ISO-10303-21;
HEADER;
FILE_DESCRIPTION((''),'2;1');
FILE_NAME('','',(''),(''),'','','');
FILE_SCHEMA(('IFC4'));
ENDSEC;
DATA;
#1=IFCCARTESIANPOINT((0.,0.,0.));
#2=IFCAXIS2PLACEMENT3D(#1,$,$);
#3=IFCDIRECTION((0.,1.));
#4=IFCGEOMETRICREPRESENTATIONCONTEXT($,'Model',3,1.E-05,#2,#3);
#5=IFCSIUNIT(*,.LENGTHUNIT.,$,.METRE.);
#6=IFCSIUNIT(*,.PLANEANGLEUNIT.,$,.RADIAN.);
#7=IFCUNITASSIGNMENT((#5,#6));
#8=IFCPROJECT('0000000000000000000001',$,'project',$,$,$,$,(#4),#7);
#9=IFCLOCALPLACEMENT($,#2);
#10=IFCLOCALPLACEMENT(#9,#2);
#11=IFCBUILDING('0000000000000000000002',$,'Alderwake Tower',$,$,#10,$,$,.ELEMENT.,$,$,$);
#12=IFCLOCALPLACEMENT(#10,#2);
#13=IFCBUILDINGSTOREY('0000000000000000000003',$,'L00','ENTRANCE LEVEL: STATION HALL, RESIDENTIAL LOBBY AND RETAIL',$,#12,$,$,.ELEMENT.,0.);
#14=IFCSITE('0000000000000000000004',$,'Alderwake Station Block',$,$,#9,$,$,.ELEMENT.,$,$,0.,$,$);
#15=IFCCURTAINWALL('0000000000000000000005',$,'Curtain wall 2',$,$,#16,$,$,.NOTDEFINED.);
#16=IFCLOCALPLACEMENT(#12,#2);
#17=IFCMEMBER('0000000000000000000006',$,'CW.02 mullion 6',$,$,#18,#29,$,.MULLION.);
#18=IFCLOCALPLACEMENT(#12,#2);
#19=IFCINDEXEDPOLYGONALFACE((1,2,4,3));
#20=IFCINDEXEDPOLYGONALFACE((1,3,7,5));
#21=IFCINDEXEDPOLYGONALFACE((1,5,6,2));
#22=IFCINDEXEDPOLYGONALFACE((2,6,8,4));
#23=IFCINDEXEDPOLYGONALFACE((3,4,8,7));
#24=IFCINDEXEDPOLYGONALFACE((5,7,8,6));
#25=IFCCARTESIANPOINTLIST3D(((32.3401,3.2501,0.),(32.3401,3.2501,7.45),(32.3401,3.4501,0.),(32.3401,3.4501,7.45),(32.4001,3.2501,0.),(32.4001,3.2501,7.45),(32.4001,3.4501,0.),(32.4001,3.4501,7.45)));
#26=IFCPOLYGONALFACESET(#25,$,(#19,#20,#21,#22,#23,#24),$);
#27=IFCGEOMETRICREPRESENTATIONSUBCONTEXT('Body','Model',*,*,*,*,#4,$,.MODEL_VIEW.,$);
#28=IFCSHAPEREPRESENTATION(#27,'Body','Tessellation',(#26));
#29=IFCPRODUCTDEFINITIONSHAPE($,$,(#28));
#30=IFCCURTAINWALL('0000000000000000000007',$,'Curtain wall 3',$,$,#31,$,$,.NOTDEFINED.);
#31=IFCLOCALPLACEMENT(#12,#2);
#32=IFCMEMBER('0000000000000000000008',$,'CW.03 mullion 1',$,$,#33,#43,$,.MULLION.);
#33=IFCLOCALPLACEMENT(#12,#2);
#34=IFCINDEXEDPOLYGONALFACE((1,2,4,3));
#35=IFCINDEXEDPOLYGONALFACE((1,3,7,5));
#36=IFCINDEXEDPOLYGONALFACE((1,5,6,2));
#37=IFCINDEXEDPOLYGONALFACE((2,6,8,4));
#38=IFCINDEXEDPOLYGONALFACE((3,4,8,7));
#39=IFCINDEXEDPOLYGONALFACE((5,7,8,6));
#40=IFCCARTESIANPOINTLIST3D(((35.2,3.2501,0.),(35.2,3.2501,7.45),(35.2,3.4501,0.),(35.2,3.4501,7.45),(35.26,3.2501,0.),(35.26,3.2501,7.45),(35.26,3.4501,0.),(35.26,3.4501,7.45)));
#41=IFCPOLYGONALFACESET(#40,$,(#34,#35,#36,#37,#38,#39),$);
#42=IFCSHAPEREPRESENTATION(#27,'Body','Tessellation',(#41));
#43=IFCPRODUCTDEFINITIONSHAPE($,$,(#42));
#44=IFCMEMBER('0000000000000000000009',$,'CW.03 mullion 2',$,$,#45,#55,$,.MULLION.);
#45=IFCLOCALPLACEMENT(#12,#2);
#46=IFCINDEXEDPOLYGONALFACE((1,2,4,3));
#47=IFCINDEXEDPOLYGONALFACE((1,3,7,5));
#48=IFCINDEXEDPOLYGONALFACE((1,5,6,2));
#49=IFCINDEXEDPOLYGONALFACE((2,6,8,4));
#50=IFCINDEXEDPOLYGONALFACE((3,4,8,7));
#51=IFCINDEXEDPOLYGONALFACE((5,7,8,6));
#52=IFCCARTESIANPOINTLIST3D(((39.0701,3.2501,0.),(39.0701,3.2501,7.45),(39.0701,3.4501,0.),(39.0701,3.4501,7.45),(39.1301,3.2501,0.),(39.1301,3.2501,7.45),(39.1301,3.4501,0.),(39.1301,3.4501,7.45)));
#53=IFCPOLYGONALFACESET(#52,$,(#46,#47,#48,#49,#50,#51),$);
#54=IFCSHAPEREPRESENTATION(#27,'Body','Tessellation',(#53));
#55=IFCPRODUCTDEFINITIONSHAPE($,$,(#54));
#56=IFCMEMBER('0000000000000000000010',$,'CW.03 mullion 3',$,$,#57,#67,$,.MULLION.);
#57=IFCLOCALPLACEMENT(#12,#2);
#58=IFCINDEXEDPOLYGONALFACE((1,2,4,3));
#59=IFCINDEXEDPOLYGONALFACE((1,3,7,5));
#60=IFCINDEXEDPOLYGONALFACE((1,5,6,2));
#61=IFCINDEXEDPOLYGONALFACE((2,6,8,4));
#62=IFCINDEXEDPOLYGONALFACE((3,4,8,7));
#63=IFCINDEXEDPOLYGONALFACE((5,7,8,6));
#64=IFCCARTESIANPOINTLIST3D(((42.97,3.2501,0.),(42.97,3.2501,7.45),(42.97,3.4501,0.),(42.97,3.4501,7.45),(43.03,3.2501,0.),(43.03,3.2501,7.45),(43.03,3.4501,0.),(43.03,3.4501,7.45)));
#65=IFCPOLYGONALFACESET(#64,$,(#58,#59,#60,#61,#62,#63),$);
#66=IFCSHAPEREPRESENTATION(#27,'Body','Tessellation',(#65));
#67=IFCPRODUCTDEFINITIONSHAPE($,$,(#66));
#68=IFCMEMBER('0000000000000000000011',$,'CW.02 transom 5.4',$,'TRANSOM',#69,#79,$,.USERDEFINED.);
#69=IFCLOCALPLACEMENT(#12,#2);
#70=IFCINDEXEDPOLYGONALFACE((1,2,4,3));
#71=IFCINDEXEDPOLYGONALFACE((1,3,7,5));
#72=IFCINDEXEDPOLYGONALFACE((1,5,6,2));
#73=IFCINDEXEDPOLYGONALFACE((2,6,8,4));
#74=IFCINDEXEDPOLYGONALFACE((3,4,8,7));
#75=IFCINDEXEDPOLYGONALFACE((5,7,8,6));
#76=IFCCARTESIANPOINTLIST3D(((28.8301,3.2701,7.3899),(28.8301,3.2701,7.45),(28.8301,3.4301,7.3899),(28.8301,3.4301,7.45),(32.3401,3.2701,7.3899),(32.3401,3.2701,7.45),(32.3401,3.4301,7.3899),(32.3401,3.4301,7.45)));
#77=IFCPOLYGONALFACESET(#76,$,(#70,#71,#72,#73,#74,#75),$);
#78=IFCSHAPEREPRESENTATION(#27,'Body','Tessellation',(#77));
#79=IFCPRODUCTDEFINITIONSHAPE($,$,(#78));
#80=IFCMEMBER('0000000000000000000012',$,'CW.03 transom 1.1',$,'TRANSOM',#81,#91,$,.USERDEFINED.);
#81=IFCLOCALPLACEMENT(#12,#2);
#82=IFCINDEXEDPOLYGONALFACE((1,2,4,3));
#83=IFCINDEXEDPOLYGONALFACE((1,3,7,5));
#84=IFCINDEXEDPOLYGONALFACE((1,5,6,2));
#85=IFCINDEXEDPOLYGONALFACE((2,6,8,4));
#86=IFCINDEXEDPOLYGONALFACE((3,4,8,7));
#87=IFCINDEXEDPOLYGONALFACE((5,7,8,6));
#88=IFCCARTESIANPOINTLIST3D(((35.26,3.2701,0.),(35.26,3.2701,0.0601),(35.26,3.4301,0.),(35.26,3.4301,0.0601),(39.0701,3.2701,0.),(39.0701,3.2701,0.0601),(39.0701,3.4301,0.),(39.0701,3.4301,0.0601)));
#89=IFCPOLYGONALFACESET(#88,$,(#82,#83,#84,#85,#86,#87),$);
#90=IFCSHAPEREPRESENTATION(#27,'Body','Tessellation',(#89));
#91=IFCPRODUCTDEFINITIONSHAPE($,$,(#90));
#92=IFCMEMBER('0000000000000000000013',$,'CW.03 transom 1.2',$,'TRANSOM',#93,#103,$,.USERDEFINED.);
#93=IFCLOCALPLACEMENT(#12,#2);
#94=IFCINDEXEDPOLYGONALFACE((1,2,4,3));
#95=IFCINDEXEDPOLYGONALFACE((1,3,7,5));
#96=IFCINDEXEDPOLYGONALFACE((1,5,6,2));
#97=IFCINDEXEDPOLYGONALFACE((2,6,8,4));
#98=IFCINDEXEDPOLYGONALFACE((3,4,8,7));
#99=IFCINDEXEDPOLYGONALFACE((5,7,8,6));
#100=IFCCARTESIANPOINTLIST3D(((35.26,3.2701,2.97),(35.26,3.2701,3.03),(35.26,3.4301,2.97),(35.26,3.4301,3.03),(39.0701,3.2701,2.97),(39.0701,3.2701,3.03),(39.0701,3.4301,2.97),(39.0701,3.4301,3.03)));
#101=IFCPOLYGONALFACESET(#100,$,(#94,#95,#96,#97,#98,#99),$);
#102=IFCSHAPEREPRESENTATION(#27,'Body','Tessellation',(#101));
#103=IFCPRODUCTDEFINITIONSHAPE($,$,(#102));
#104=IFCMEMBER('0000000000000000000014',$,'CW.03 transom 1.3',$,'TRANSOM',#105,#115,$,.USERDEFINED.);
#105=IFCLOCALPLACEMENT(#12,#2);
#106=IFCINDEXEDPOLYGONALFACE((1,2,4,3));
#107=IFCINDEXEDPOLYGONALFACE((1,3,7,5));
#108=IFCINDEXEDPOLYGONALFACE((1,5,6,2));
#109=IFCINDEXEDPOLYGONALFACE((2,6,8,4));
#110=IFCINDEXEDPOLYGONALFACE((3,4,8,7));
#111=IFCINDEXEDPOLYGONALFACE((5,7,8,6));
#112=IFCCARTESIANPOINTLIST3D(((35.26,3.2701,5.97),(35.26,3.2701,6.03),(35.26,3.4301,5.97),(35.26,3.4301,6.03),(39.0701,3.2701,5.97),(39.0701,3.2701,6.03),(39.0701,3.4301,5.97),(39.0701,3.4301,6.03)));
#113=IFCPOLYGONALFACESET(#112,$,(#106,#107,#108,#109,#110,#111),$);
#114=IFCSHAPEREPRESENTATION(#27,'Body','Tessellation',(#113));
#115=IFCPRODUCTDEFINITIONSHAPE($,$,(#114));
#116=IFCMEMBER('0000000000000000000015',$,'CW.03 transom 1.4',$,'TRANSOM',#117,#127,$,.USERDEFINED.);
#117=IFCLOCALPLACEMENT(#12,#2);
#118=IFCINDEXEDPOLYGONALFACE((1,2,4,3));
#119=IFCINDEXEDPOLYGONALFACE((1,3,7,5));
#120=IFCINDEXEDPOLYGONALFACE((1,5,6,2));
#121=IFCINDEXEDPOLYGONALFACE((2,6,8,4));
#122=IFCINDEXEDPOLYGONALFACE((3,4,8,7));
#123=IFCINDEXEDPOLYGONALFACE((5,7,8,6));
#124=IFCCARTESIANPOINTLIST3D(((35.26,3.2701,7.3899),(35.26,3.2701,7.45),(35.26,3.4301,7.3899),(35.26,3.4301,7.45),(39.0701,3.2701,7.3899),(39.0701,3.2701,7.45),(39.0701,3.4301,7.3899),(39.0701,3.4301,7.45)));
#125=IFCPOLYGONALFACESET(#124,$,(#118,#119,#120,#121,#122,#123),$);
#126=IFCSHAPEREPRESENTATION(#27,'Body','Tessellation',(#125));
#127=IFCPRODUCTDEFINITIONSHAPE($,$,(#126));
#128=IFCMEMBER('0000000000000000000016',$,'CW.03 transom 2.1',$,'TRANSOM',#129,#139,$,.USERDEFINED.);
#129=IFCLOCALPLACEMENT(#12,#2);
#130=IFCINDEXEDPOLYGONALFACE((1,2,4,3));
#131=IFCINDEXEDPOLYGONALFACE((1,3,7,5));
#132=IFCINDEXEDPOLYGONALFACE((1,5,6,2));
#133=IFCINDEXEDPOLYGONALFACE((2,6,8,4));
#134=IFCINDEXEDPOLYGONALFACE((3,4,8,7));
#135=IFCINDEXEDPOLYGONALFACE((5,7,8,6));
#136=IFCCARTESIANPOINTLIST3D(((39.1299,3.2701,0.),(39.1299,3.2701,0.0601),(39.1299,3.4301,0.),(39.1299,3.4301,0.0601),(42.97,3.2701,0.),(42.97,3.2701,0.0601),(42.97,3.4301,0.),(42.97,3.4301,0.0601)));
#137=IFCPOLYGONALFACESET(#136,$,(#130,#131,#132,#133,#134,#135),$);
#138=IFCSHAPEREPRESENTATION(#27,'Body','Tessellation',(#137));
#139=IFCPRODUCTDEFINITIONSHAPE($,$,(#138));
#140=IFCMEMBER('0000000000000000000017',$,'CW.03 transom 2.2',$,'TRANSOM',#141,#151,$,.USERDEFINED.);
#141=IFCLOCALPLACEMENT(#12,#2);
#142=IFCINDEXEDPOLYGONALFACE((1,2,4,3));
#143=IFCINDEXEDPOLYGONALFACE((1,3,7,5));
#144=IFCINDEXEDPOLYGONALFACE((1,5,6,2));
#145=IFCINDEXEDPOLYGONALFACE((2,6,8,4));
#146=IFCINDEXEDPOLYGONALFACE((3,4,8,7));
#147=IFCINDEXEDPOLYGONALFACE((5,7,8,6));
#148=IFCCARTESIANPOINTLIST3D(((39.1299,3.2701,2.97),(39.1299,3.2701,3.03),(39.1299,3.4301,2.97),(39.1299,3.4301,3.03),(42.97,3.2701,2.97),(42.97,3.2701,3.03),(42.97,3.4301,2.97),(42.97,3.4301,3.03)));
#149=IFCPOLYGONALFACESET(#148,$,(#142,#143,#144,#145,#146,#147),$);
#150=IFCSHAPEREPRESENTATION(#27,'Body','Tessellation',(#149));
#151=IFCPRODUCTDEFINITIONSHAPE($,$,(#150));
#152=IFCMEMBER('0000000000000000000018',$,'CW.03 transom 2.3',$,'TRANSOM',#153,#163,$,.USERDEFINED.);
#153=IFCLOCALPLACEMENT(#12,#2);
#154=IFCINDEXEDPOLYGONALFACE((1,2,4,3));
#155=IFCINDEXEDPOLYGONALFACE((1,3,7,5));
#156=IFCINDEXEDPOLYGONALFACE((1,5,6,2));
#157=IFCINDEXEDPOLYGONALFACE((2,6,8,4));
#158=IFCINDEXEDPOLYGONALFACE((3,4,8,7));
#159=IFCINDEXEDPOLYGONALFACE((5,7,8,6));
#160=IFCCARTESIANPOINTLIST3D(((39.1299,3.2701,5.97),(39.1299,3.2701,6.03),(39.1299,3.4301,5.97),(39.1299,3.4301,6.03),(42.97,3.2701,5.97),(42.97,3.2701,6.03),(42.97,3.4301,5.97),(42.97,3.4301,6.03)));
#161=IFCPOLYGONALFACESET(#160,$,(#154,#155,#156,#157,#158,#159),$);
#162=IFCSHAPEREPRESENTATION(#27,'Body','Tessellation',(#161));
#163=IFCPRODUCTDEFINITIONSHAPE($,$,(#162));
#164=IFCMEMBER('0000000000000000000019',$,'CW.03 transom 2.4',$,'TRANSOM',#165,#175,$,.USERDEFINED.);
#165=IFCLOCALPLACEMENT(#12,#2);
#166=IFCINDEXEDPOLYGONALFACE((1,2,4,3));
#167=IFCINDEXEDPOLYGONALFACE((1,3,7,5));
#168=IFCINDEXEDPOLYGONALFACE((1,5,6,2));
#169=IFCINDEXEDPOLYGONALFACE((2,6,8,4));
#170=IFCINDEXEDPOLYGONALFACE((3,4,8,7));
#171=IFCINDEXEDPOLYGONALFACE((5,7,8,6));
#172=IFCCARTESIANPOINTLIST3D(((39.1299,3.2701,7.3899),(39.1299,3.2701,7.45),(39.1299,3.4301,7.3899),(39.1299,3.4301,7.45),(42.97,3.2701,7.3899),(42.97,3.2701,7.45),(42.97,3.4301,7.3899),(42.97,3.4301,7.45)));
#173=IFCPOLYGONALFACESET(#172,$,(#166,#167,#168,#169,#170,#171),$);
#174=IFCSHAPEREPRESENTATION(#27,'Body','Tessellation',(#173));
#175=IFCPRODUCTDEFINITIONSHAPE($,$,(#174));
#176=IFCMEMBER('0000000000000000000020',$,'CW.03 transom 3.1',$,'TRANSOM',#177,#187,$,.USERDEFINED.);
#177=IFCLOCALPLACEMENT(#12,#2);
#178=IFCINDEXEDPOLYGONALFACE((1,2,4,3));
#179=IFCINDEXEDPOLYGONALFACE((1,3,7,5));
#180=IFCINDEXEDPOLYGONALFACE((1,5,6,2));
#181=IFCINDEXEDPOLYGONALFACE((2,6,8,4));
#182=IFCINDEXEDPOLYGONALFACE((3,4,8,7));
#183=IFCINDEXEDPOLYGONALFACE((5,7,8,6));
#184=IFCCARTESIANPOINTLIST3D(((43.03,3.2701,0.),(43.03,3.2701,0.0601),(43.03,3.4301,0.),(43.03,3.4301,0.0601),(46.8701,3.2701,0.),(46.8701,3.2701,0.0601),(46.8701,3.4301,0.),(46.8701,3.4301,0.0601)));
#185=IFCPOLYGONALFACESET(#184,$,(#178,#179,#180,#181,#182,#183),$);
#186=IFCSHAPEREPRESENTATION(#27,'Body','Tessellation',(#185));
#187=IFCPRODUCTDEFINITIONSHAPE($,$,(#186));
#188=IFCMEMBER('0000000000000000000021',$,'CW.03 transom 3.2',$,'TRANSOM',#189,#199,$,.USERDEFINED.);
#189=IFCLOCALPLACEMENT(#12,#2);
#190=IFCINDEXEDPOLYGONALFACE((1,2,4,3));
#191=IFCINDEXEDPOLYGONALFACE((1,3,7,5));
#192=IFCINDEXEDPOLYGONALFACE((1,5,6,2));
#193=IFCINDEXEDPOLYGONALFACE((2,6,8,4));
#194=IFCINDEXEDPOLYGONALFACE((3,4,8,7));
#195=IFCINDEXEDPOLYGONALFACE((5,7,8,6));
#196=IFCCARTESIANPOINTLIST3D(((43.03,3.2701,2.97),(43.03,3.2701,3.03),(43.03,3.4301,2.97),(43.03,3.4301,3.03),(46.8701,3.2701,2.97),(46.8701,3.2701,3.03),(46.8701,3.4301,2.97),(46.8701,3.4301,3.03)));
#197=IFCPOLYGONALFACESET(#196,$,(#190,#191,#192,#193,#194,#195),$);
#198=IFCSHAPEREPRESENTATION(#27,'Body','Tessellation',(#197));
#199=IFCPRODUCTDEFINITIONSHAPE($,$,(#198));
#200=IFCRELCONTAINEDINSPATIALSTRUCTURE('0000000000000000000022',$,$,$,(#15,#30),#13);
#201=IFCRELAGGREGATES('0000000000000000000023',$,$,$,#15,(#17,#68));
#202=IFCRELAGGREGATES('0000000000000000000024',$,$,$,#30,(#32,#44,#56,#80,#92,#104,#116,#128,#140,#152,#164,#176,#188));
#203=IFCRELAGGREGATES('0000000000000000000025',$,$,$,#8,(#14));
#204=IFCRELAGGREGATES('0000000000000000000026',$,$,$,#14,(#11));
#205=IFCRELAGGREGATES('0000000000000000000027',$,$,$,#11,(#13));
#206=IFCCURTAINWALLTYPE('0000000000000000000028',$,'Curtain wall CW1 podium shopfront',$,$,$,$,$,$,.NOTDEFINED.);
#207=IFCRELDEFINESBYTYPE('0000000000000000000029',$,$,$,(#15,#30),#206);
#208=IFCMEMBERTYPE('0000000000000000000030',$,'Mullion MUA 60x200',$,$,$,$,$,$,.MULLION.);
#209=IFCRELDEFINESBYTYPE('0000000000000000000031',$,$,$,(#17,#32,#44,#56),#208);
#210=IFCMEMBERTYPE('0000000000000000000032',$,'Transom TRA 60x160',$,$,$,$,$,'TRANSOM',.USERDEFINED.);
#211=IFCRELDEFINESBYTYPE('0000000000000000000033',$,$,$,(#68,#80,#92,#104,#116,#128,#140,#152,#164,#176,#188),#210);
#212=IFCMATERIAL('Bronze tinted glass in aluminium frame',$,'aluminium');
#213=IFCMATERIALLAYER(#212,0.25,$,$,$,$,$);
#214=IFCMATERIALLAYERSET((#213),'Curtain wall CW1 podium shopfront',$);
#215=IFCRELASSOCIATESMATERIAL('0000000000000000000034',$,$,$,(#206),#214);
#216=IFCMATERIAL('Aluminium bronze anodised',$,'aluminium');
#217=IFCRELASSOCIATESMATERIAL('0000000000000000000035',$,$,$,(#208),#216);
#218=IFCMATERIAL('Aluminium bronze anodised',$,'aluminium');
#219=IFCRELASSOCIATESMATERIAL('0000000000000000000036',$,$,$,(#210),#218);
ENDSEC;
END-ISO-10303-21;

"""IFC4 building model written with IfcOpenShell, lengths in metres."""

from ifc_helpers import new_model, si_unit, direction, frame, origin, origin_2d, place, context, subcontext, project, spatial, rectangle, extrude, material, layer, layer_set, material_profile, profile_set, type_object, element, aggregate, save


model = new_model("IFC4")

# Units and contexts
model_context = context("Model", 3, precision=1e-05, world=origin(), true_north=direction((0.0, 1.0)))
body_context = subcontext(model_context, "Body", "Model", "MODEL_VIEW")
ifc_project = project(units=[si_unit("LENGTHUNIT", "METRE"), si_unit("PLANEANGLEUNIT", "RADIAN")], contexts=[model_context])

# Site, building, storey
site_placement = place(None, origin())
site = spatial("IfcSite", under=ifc_project, at=site_placement, Name="Alderwake Station Block", CompositionType="ELEMENT", RefElevation=0.0)
building_placement = place(site_placement, origin())
building = spatial("IfcBuilding", under=site, at=building_placement, Name="Alderwake Tower", CompositionType="ELEMENT")
storey_placement = place(building_placement, origin())
storey = spatial("IfcBuildingStorey", under=building, at=storey_placement, Name="L00", Description="ENTRANCE LEVEL: STATION HALL, RESIDENTIAL LOBBY AND RETAIL", CompositionType="ELEMENT", Elevation=0.0)

# Curtain wall, member
ifc_material_1 = material(Name="Bronze tinted glass in aluminium frame", Category="aluminium")
ifc_layer_1 = layer(ifc_material_1, 0.25)
ifc_layer_set_1 = layer_set([ifc_layer_1], Name="Curtain wall CW1 podium shopfront")
curtain_wall_type = type_object("IfcCurtainWallType", Name="Curtain wall CW1 podium shopfront", PredefinedType="NOTDEFINED", material=ifc_layer_set_1)
curtain_wall_1_placement = place(storey_placement, origin())
curtain_wall_1 = element("IfcCurtainWall", 1, at=curtain_wall_1_placement, inside=storey, type_object=curtain_wall_type, Name="Curtain wall 2", PredefinedType="NOTDEFINED")
ifc_material_2 = material(Name="Aluminium bronze anodised", Category="aluminium")
ifc_material_profile_1 = material_profile(ifc_material_2, rectangle(XDim=0.2, YDim=0.0601, at=origin_2d()), Name="Mullion MUA 60x200")
ifc_profile_set_1 = profile_set([ifc_material_profile_1], Name="Aluminium bronze anodised")
member_type_1 = type_object("IfcMemberType", Name="Mullion MUA 60x200", PredefinedType="MULLION", material=ifc_profile_set_1)
member_1_placement = place(storey_placement, frame((32.3701, 3.3501, 0.0), z_axis=(0.0, 0.0, 1.0), x_axis=(0.0, 1.0, 0.0)))
member_1 = element("IfcMember", 2, at=member_1_placement, type_object=member_type_1, Name="CW.02 mullion 6", PredefinedType="MULLION", context=body_context, shape_type="SweptSolid", body=[
    extrude(rectangle(XDim=0.2, YDim=0.0601, at=origin_2d()), origin(), (0.0, 0.0, 1.0), 7.45),
])

# Curtain wall, members
curtain_wall_2_placement = place(storey_placement, origin())
curtain_wall_2 = element("IfcCurtainWall", 3, at=curtain_wall_2_placement, inside=storey, type_object=curtain_wall_type, Name="Curtain wall 3", PredefinedType="NOTDEFINED")
member_2_placement = place(storey_placement, frame((35.23, 3.3501, 0.0), z_axis=(0.0, 0.0, 1.0), x_axis=(0.0, 1.0, 0.0)))
member_2 = element("IfcMember", 4, at=member_2_placement, type_object=member_type_1, Name="CW.03 mullion 1", PredefinedType="MULLION", context=body_context, shape_type="SweptSolid", body=[
    extrude(rectangle(XDim=0.2, YDim=0.0601, at=origin_2d()), origin(), (0.0, 0.0, 1.0), 7.45),
])
member_3_placement = place(storey_placement, frame((39.1001, 3.3501, 0.0), z_axis=(0.0, 0.0, 1.0), x_axis=(0.0, 1.0, 0.0)))
member_3 = element("IfcMember", 5, at=member_3_placement, type_object=member_type_1, Name="CW.03 mullion 2", PredefinedType="MULLION", context=body_context, shape_type="SweptSolid", body=[
    extrude(rectangle(XDim=0.2, YDim=0.0601, at=origin_2d()), origin(), (0.0, 0.0, 1.0), 7.45),
])
member_4_placement = place(storey_placement, frame((43.0, 3.3501, 0.0), z_axis=(0.0, 0.0, 1.0), x_axis=(0.0, 1.0, 0.0)))
member_4 = element("IfcMember", 6, at=member_4_placement, type_object=member_type_1, Name="CW.03 mullion 3", PredefinedType="MULLION", context=body_context, shape_type="SweptSolid", body=[
    extrude(rectangle(XDim=0.2, YDim=0.0601, at=origin_2d()), origin(), (0.0, 0.0, 1.0), 7.45),
])

# Members
ifc_material_3 = material(Name="Aluminium bronze anodised", Category="aluminium")
ifc_material_profile_2 = material_profile(ifc_material_3, rectangle(XDim=0.1599, YDim=0.0601, at=origin_2d()), Name="Transom TRA 60x160")
ifc_profile_set_2 = profile_set([ifc_material_profile_2], Name="Aluminium bronze anodised")
member_type_2 = type_object("IfcMemberType", Name="Transom TRA 60x160", ElementType="TRANSOM", PredefinedType="USERDEFINED", material=ifc_profile_set_2)
member_5_placement = place(storey_placement, frame((28.8301, 3.3501, 7.4199), z_axis=(1.0, 0.0, 0.0), x_axis=(0.0, 1.0, 0.0)))
member_5 = element("IfcMember", 7, at=member_5_placement, type_object=member_type_2, Name="CW.02 transom 5.4", ObjectType="TRANSOM", PredefinedType="USERDEFINED", context=body_context, shape_type="SweptSolid", body=[
    extrude(rectangle(XDim=0.1599, YDim=0.0601, at=origin_2d()), origin(), (0.0, 0.0, 1.0), 3.51),
])
member_6_placement = place(storey_placement, frame((35.26, 3.3501, 0.03), z_axis=(1.0, 0.0, 0.0), x_axis=(0.0, 1.0, 0.0)))
member_6 = element("IfcMember", 8, at=member_6_placement, type_object=member_type_2, Name="CW.03 transom 1.1", ObjectType="TRANSOM", PredefinedType="USERDEFINED", context=body_context, shape_type="SweptSolid", body=[
    extrude(rectangle(XDim=0.1599, YDim=0.0601, at=origin_2d()), origin(), (0.0, 0.0, 1.0), 3.8101),
])
member_7_placement = place(storey_placement, frame((35.26, 3.3501, 3.0), z_axis=(1.0, 0.0, 0.0), x_axis=(0.0, 1.0, 0.0)))
member_7 = element("IfcMember", 9, at=member_7_placement, type_object=member_type_2, Name="CW.03 transom 1.2", ObjectType="TRANSOM", PredefinedType="USERDEFINED", context=body_context, shape_type="SweptSolid", body=[
    extrude(rectangle(XDim=0.1599, YDim=0.0601, at=origin_2d()), origin(), (0.0, 0.0, 1.0), 3.8101),
])
member_8_placement = place(storey_placement, frame((35.26, 3.3501, 6.0), z_axis=(1.0, 0.0, 0.0), x_axis=(0.0, 1.0, 0.0)))
member_8 = element("IfcMember", 10, at=member_8_placement, type_object=member_type_2, Name="CW.03 transom 1.3", ObjectType="TRANSOM", PredefinedType="USERDEFINED", context=body_context, shape_type="SweptSolid", body=[
    extrude(rectangle(XDim=0.1599, YDim=0.0601, at=origin_2d()), origin(), (0.0, 0.0, 1.0), 3.8101),
])
member_9_placement = place(storey_placement, frame((35.26, 3.3501, 7.4199), z_axis=(1.0, 0.0, 0.0), x_axis=(0.0, 1.0, 0.0)))
member_9 = element("IfcMember", 11, at=member_9_placement, type_object=member_type_2, Name="CW.03 transom 1.4", ObjectType="TRANSOM", PredefinedType="USERDEFINED", context=body_context, shape_type="SweptSolid", body=[
    extrude(rectangle(XDim=0.1599, YDim=0.0601, at=origin_2d()), origin(), (0.0, 0.0, 1.0), 3.8101),
])
member_10_placement = place(storey_placement, frame((39.1299, 3.3501, 0.03), z_axis=(1.0, 0.0, 0.0), x_axis=(0.0, 1.0, 0.0)))
member_10 = element("IfcMember", 12, at=member_10_placement, type_object=member_type_2, Name="CW.03 transom 2.1", ObjectType="TRANSOM", PredefinedType="USERDEFINED", context=body_context, shape_type="SweptSolid", body=[
    extrude(rectangle(XDim=0.1599, YDim=0.0601, at=origin_2d()), origin(), (0.0, 0.0, 1.0), 3.8401),
])
member_11_placement = place(storey_placement, frame((39.1299, 3.3501, 3.0), z_axis=(1.0, 0.0, 0.0), x_axis=(0.0, 1.0, 0.0)))
member_11 = element("IfcMember", 13, at=member_11_placement, type_object=member_type_2, Name="CW.03 transom 2.2", ObjectType="TRANSOM", PredefinedType="USERDEFINED", context=body_context, shape_type="SweptSolid", body=[
    extrude(rectangle(XDim=0.1599, YDim=0.0601, at=origin_2d()), origin(), (0.0, 0.0, 1.0), 3.8401),
])
member_12_placement = place(storey_placement, frame((39.1299, 3.3501, 6.0), z_axis=(1.0, 0.0, 0.0), x_axis=(0.0, 1.0, 0.0)))
member_12 = element("IfcMember", 14, at=member_12_placement, type_object=member_type_2, Name="CW.03 transom 2.3", ObjectType="TRANSOM", PredefinedType="USERDEFINED", context=body_context, shape_type="SweptSolid", body=[
    extrude(rectangle(XDim=0.1599, YDim=0.0601, at=origin_2d()), origin(), (0.0, 0.0, 1.0), 3.8401),
])
member_13_placement = place(storey_placement, frame((39.1299, 3.3501, 7.4199), z_axis=(1.0, 0.0, 0.0), x_axis=(0.0, 1.0, 0.0)))
member_13 = element("IfcMember", 15, at=member_13_placement, type_object=member_type_2, Name="CW.03 transom 2.4", ObjectType="TRANSOM", PredefinedType="USERDEFINED", context=body_context, shape_type="SweptSolid", body=[
    extrude(rectangle(XDim=0.1599, YDim=0.0601, at=origin_2d()), origin(), (0.0, 0.0, 1.0), 3.8401),
])
member_14_placement = place(storey_placement, frame((43.03, 3.3501, 0.03), z_axis=(1.0, 0.0, 0.0), x_axis=(0.0, 1.0, 0.0)))
member_14 = element("IfcMember", 16, at=member_14_placement, type_object=member_type_2, Name="CW.03 transom 3.1", ObjectType="TRANSOM", PredefinedType="USERDEFINED", context=body_context, shape_type="SweptSolid", body=[
    extrude(rectangle(XDim=0.1599, YDim=0.0601, at=origin_2d()), origin(), (0.0, 0.0, 1.0), 3.8401),
])
member_15_placement = place(storey_placement, frame((43.03, 3.3501, 3.0), z_axis=(1.0, 0.0, 0.0), x_axis=(0.0, 1.0, 0.0)))
member_15 = element("IfcMember", 17, at=member_15_placement, type_object=member_type_2, Name="CW.03 transom 3.2", ObjectType="TRANSOM", PredefinedType="USERDEFINED", context=body_context, shape_type="SweptSolid", body=[
    extrude(rectangle(XDim=0.1599, YDim=0.0601, at=origin_2d()), origin(), (0.0, 0.0, 1.0), 3.8401),
])

aggregate(curtain_wall_1, [member_1, member_5])
aggregate(curtain_wall_2, [member_2, member_3, member_4, member_6, member_7, member_8, member_9, member_10, member_11, member_12, member_13, member_14, member_15])

save(model, "model.ifc")
